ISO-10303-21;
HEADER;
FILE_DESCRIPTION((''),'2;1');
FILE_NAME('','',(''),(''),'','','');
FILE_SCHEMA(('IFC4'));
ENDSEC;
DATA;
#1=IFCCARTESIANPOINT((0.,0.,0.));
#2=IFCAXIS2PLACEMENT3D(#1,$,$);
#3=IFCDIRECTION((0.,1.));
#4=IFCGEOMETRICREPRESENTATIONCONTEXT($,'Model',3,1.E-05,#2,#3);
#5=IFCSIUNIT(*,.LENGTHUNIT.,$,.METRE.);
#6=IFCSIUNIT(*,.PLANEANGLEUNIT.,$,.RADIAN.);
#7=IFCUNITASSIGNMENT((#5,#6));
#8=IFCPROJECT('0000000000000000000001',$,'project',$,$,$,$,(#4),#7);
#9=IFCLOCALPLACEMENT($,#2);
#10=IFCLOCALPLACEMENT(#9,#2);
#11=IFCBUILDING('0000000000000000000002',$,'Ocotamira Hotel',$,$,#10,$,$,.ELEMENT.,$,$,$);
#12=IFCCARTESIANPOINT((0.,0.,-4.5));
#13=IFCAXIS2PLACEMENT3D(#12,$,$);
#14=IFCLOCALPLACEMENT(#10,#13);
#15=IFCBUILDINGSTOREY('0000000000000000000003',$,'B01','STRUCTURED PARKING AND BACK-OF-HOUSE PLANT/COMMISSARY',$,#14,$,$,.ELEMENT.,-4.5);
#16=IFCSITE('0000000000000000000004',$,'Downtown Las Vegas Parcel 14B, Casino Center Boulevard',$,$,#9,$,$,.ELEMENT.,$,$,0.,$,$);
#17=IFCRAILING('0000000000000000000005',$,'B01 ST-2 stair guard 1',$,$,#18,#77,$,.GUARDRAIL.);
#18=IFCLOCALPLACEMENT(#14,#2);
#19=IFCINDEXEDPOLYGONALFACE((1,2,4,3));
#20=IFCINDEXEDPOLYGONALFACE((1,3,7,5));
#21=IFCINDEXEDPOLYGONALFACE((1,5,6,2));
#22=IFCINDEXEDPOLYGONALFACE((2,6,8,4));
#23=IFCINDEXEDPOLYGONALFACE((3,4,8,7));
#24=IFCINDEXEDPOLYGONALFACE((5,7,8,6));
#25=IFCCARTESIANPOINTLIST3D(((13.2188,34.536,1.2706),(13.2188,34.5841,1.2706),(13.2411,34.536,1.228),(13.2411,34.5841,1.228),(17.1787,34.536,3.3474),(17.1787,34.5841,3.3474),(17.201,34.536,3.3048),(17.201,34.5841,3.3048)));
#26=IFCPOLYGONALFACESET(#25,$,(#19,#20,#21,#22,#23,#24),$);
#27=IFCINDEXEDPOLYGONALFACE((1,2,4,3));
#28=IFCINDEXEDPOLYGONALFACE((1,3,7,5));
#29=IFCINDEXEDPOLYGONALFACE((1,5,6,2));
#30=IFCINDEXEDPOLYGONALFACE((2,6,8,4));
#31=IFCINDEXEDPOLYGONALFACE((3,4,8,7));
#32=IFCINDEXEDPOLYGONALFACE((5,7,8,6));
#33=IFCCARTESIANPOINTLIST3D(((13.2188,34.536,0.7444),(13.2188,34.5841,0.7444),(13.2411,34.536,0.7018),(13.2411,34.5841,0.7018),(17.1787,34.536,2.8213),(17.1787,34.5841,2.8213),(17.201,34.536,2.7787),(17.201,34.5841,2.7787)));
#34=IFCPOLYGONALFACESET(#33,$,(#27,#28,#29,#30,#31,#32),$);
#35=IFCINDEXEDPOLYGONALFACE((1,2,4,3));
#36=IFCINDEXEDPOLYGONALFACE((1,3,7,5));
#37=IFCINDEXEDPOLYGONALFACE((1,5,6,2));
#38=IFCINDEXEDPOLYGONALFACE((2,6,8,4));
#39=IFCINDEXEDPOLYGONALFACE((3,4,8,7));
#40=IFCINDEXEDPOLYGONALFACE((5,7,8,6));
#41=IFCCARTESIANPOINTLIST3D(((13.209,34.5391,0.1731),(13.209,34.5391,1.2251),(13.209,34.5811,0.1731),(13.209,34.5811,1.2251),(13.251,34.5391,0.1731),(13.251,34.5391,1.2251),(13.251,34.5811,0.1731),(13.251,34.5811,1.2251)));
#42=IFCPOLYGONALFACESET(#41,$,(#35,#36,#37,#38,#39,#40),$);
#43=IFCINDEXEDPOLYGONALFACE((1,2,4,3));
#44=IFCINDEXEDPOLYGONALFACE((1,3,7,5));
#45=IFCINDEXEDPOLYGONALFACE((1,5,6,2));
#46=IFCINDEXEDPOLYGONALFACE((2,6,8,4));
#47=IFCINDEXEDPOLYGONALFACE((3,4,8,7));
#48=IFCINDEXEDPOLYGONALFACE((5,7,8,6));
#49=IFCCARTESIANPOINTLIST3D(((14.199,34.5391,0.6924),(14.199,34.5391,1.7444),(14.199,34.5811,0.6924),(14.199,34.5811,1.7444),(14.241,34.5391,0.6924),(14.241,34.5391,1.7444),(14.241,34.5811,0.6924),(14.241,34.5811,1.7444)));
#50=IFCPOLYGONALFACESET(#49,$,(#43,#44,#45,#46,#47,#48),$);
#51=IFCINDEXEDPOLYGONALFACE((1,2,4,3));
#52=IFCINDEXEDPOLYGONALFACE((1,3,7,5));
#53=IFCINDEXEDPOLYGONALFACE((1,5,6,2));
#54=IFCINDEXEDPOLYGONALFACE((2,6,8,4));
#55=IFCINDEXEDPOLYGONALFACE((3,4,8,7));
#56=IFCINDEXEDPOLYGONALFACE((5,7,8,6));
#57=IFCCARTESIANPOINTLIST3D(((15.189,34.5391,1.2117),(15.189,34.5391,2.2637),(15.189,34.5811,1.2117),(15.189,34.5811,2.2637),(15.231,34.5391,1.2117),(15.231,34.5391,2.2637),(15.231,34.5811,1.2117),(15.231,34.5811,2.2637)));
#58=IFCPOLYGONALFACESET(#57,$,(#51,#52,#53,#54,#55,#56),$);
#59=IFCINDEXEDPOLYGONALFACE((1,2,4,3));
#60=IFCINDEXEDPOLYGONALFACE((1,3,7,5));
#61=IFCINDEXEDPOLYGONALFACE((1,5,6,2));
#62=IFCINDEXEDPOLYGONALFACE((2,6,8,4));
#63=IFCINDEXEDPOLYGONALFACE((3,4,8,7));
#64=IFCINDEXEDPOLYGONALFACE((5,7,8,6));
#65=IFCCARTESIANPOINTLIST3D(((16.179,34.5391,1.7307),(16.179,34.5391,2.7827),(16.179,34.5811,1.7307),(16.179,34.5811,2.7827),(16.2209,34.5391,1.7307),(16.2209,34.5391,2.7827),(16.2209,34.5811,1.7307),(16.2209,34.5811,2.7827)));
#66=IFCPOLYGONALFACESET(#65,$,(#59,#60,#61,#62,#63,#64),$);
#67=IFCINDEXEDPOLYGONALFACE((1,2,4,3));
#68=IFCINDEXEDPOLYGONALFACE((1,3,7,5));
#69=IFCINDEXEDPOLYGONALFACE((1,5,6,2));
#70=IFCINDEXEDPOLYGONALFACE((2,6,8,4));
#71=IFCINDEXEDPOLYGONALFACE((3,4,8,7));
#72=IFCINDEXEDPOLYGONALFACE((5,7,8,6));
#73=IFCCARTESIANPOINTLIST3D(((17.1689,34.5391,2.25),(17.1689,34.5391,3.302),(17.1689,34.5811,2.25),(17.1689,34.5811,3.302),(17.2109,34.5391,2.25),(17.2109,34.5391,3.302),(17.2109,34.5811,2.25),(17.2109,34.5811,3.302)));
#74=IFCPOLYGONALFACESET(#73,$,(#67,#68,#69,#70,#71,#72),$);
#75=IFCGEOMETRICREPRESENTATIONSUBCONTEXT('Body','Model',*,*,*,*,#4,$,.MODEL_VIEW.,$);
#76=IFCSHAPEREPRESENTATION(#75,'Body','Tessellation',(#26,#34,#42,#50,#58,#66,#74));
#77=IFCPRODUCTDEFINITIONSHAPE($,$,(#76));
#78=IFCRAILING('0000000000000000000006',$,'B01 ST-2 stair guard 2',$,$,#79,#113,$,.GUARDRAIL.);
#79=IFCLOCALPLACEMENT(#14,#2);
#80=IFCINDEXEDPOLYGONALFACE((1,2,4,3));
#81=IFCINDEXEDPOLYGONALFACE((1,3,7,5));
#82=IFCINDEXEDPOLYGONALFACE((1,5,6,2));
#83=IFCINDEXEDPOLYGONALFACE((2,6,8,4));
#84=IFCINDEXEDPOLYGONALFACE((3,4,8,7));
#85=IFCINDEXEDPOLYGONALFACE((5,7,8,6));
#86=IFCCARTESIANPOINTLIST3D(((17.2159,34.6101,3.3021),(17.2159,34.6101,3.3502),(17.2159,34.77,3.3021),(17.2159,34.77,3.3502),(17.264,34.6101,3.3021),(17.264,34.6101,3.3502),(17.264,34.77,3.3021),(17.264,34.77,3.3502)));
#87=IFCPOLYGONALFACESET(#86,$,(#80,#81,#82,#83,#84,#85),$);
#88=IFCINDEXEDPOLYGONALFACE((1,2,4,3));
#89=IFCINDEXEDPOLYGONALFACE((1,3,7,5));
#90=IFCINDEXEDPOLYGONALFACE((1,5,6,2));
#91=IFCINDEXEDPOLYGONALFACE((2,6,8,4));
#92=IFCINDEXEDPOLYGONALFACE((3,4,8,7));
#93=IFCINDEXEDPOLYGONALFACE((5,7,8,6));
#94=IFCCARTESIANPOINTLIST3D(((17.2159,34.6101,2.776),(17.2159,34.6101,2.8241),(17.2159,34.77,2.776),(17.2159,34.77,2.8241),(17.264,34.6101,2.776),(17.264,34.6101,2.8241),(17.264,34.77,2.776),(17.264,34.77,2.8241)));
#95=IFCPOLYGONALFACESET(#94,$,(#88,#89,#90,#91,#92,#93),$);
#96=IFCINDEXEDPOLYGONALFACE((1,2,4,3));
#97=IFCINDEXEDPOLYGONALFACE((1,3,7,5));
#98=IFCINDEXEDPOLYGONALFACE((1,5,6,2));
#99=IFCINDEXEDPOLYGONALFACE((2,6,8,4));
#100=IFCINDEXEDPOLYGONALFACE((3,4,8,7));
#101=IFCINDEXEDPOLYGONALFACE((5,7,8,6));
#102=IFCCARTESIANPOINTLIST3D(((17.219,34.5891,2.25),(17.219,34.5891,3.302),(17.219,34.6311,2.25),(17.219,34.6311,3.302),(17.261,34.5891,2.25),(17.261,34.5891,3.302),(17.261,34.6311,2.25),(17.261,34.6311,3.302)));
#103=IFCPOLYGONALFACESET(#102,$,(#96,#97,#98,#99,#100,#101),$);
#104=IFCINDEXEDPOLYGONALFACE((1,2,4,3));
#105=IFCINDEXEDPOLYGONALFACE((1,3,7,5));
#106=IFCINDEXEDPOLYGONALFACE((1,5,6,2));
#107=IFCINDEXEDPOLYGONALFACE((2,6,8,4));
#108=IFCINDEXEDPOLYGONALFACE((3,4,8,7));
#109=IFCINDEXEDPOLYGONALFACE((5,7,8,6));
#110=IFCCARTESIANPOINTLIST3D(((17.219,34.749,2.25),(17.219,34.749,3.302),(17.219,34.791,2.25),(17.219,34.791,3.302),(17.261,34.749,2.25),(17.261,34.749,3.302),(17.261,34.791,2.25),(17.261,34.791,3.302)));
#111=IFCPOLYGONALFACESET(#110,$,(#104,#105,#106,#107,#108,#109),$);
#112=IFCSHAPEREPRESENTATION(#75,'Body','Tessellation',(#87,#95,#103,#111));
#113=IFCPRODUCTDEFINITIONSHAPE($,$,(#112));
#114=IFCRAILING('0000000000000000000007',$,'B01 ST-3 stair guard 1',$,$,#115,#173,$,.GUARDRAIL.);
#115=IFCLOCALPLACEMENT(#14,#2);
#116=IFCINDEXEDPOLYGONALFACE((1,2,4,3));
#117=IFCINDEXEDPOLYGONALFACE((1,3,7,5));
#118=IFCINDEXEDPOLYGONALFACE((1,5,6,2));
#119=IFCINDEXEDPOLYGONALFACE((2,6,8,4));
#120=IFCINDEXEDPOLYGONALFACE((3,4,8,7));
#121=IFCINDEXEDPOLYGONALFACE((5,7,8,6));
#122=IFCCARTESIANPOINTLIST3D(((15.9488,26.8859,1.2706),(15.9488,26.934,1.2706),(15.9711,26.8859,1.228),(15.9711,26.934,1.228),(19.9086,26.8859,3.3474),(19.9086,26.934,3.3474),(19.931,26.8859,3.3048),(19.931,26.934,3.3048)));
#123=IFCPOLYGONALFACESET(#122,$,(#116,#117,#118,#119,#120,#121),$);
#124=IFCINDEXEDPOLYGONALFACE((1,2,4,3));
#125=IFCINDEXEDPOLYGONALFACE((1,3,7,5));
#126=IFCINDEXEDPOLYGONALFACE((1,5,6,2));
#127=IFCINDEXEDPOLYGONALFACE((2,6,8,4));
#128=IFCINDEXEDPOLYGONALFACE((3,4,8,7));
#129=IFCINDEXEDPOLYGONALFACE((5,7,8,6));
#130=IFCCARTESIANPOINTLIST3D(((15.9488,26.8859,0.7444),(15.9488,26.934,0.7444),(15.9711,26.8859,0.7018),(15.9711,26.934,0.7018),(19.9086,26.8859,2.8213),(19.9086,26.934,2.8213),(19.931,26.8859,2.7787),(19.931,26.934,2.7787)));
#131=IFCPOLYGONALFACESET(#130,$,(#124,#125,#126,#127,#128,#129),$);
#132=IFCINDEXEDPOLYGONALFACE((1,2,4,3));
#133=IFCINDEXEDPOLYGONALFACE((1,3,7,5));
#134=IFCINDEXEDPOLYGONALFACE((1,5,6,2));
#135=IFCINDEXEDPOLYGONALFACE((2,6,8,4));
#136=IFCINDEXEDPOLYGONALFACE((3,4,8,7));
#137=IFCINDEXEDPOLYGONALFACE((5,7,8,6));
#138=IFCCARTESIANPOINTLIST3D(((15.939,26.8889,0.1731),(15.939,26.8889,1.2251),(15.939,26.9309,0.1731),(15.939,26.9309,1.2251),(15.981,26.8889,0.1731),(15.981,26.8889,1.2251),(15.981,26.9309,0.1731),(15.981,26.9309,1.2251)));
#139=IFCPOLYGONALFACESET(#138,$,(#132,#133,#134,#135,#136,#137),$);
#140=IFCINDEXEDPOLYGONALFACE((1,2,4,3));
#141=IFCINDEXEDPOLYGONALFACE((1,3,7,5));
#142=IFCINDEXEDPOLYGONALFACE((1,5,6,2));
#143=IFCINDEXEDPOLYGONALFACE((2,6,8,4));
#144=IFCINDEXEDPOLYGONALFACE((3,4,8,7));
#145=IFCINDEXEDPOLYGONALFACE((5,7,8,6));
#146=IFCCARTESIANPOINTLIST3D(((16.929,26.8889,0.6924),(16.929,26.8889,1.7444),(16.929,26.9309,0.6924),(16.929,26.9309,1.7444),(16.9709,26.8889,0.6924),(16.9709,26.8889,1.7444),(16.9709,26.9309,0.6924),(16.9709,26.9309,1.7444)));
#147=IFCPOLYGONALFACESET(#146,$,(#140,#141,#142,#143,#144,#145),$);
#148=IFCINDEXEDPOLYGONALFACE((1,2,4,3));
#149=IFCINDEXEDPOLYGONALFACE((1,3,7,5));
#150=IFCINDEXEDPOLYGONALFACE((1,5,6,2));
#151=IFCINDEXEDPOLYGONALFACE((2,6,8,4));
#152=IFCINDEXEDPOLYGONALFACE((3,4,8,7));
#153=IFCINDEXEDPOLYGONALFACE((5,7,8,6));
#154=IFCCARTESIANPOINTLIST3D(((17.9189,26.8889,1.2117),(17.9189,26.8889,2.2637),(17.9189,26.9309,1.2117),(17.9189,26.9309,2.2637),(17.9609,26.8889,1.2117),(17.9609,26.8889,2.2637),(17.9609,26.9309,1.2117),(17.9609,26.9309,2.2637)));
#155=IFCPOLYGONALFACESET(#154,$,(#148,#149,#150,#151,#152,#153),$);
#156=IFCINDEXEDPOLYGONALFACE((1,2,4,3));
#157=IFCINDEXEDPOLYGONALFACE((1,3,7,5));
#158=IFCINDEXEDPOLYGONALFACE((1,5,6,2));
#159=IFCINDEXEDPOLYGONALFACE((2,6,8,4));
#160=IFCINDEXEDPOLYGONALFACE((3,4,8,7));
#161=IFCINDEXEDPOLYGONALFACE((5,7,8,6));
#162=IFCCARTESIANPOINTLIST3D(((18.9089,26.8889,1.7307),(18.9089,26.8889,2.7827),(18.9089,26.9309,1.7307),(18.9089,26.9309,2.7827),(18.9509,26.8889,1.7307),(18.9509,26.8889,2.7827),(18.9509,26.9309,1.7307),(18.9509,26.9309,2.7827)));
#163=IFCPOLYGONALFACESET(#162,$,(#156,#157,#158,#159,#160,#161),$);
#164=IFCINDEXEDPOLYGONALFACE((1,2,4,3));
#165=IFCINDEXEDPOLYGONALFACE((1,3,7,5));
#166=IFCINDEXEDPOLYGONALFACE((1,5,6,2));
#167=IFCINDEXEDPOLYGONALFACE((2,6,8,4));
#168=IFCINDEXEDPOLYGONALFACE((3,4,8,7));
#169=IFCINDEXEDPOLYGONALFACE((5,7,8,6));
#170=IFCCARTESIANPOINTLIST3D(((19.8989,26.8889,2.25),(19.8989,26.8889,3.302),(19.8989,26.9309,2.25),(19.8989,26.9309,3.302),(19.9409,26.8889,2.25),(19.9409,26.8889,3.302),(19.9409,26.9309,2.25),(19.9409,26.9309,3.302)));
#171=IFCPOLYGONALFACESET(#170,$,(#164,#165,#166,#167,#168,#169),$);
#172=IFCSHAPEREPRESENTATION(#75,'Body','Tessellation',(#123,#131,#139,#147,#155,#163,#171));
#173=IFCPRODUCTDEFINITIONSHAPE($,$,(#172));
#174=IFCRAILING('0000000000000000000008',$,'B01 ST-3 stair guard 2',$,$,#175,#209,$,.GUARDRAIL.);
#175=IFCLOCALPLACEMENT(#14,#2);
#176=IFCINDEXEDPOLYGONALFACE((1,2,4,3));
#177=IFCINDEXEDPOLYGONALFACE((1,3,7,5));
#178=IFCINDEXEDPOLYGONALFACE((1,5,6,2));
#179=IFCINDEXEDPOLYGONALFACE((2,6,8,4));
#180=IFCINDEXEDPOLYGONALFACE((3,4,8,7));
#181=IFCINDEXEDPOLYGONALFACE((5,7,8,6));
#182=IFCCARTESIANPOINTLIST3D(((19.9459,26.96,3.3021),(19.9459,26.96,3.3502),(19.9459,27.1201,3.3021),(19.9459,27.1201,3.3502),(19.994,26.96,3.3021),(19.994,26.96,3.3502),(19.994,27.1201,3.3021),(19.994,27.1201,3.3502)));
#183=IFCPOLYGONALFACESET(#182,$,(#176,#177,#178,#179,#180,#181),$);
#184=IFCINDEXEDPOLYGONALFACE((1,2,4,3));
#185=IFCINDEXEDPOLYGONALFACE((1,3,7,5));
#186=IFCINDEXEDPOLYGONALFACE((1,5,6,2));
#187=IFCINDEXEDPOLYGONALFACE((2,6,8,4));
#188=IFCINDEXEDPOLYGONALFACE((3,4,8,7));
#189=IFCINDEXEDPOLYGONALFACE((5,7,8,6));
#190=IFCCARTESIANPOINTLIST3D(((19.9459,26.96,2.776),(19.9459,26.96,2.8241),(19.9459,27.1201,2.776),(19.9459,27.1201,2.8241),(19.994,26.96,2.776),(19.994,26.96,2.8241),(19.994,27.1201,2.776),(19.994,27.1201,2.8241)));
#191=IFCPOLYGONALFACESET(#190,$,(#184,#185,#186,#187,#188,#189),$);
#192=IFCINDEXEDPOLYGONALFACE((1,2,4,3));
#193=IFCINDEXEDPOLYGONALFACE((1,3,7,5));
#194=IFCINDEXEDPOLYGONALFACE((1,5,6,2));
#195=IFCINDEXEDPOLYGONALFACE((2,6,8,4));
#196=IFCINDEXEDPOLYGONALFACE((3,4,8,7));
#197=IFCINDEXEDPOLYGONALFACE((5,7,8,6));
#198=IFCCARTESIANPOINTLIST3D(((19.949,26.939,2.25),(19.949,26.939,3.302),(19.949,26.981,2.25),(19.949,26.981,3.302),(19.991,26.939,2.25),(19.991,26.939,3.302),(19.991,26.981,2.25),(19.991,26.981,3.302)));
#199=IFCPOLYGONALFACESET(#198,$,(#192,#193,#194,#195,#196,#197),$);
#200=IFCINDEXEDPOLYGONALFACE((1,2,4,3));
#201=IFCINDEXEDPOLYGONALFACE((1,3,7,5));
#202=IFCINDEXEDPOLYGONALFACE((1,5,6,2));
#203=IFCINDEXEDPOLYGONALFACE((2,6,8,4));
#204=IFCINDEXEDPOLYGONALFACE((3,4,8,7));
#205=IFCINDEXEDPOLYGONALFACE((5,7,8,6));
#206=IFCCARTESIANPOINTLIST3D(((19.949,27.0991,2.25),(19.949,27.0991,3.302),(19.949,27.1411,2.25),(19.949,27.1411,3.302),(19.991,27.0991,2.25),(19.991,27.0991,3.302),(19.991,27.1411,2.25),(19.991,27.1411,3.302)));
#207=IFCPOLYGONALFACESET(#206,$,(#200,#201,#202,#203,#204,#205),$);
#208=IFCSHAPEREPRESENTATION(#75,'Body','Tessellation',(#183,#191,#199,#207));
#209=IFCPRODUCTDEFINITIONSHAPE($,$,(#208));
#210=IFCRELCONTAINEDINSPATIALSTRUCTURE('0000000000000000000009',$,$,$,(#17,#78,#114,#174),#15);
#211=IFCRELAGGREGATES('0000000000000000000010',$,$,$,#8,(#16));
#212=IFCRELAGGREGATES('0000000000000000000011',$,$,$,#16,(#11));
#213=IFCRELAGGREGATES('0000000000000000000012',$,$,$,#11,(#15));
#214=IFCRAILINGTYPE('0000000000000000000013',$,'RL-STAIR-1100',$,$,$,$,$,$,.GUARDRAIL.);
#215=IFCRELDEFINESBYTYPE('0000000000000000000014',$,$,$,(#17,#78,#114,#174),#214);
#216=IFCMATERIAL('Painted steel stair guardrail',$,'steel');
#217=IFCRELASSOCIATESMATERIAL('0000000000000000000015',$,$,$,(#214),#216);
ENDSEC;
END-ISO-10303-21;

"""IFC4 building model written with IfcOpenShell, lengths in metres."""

from ifc_helpers import new_model, si_unit, direction, frame, origin, origin_2d, place, context, subcontext, project, spatial, rectangle, extrude, material, type_object, element, save


model = new_model("IFC4")

# Units and contexts
model_context = context("Model", 3, precision=1e-05, world=origin(), true_north=direction((0.0, 1.0)))
body_context = subcontext(model_context, "Body", "Model", "MODEL_VIEW")
ifc_project = project(units=[si_unit("LENGTHUNIT", "METRE"), si_unit("PLANEANGLEUNIT", "RADIAN")], contexts=[model_context])

# Site, building, storey
site_placement = place(None, origin())
site = spatial("IfcSite", under=ifc_project, at=site_placement, Name="Downtown Las Vegas Parcel 14B, Casino Center Boulevard", CompositionType="ELEMENT", RefElevation=0.0)
building_placement = place(site_placement, origin())
building = spatial("IfcBuilding", under=site, at=building_placement, Name="Ocotamira Hotel", CompositionType="ELEMENT")
storey_placement = place(building_placement, frame((0.0, 0.0, -4.5)))
storey = spatial("IfcBuildingStorey", under=building, at=storey_placement, Name="B01", Description="STRUCTURED PARKING AND BACK-OF-HOUSE PLANT/COMMISSARY", CompositionType="ELEMENT", Elevation=-4.5)

# Railings
ifc_material_1 = material(Name="Painted steel stair guardrail", Category="steel")
railing_type_1 = type_object("IfcRailingType", Name="RL-STAIR-1100", PredefinedType="GUARDRAIL", material=ifc_material_1)
railing_1_placement = place(storey_placement, frame((13.23, 34.5601, 0.1731)))
element("IfcRailing", 1, at=railing_1_placement, inside=storey, type_object=railing_type_1, Name="B01 ST-2 stair guard 1", PredefinedType="GUARDRAIL", context=body_context, shape_type="SweptSolid", body=[
    extrude(rectangle(XDim=0.0481, YDim=0.0481, at=origin_2d()), frame((0.0, 0.0, 1.0762), z_axis=(0.885589, 0.0, 0.46447), x_axis=(0.0, 1.0, 0.0)), (0.0, 0.0, 1.0), 4.4714),
    extrude(rectangle(XDim=0.0481, YDim=0.0481, at=origin_2d()), frame((0.0, 0.0, 0.55), z_axis=(0.885589, 0.0, 0.46447), x_axis=(0.0, 1.0, 0.0)), (0.0, 0.0, 1.0), 4.4714),
    extrude(rectangle(XDim=0.042, YDim=0.042, at=origin_2d()), origin(), (0.0, 0.0, 1.0), 1.052),
    extrude(rectangle(XDim=0.042, YDim=0.042, at=origin_2d()), frame((0.99, 0.0, 0.5193)), (0.0, 0.0, 1.0), 1.052),
    extrude(rectangle(XDim=0.042, YDim=0.042, at=origin_2d()), frame((1.98, 0.0, 1.0386)), (0.0, 0.0, 1.0), 1.052),
    extrude(rectangle(XDim=0.042, YDim=0.042, at=origin_2d()), frame((2.97, 0.0, 1.5576)), (0.0, 0.0, 1.0), 1.052),
    extrude(rectangle(XDim=0.042, YDim=0.042, at=origin_2d()), frame((3.96, 0.0, 2.0769)), (0.0, 0.0, 1.0), 1.052),
])
railing_2_placement = place(storey_placement, frame((17.24, 34.6101, 2.25)))
element("IfcRailing", 2, at=railing_2_placement, inside=storey, type_object=railing_type_1, Name="B01 ST-2 stair guard 2", PredefinedType="GUARDRAIL", context=body_context, shape_type="SweptSolid", body=[
    extrude(rectangle(XDim=0.0481, YDim=0.0481, at=origin_2d()), frame((0.0, 0.0, 1.0762), z_axis=(0.0, 1.0, 0.0), x_axis=(-1.0, 0.0, 0.0)), (0.0, 0.0, 1.0), 0.1599),
    extrude(rectangle(XDim=0.0481, YDim=0.0481, at=origin_2d()), frame((0.0, 0.0, 0.55), z_axis=(0.0, 1.0, 0.0), x_axis=(-1.0, 0.0, 0.0)), (0.0, 0.0, 1.0), 0.1599),
    extrude(rectangle(XDim=0.042, YDim=0.042, at=origin_2d()), origin(), (0.0, 0.0, 1.0), 1.052),
    extrude(rectangle(XDim=0.042, YDim=0.042, at=origin_2d()), frame((0.0, 0.1599, 0.0)), (0.0, 0.0, 1.0), 1.052),
])
railing_3_placement = place(storey_placement, frame((15.96, 26.9099, 0.1731)))
element("IfcRailing", 3, at=railing_3_placement, inside=storey, type_object=railing_type_1, Name="B01 ST-3 stair guard 1", PredefinedType="GUARDRAIL", context=body_context, shape_type="SweptSolid", body=[
    extrude(rectangle(XDim=0.0481, YDim=0.0481, at=origin_2d()), frame((0.0, 0.0, 1.0762), z_axis=(0.885589, 0.0, 0.46447), x_axis=(0.0, 1.0, 0.0)), (0.0, 0.0, 1.0), 4.4714),
    extrude(rectangle(XDim=0.0481, YDim=0.0481, at=origin_2d()), frame((0.0, 0.0, 0.55), z_axis=(0.885589, 0.0, 0.46447), x_axis=(0.0, 1.0, 0.0)), (0.0, 0.0, 1.0), 4.4714),
    extrude(rectangle(XDim=0.042, YDim=0.042, at=origin_2d()), origin(), (0.0, 0.0, 1.0), 1.052),
    extrude(rectangle(XDim=0.042, YDim=0.042, at=origin_2d()), frame((0.99, 0.0, 0.5193)), (0.0, 0.0, 1.0), 1.052),
    extrude(rectangle(XDim=0.042, YDim=0.042, at=origin_2d()), frame((1.98, 0.0, 1.0386)), (0.0, 0.0, 1.0), 1.052),
    extrude(rectangle(XDim=0.042, YDim=0.042, at=origin_2d()), frame((2.97, 0.0, 1.5576)), (0.0, 0.0, 1.0), 1.052),
    extrude(rectangle(XDim=0.042, YDim=0.042, at=origin_2d()), frame((3.96, 0.0, 2.0769)), (0.0, 0.0, 1.0), 1.052),
])
railing_4_placement = place(storey_placement, frame((19.97, 26.96, 2.25)))
element("IfcRailing", 4, at=railing_4_placement, inside=storey, type_object=railing_type_1, Name="B01 ST-3 stair guard 2", PredefinedType="GUARDRAIL", context=body_context, shape_type="SweptSolid", body=[
    extrude(rectangle(XDim=0.0481, YDim=0.0481, at=origin_2d()), frame((0.0, 0.0, 1.0762), z_axis=(0.0, 1.0, 0.0), x_axis=(-1.0, 0.0, 0.0)), (0.0, 0.0, 1.0), 0.1602),
    extrude(rectangle(XDim=0.0481, YDim=0.0481, at=origin_2d()), frame((0.0, 0.0, 0.55), z_axis=(0.0, 1.0, 0.0), x_axis=(-1.0, 0.0, 0.0)), (0.0, 0.0, 1.0), 0.1602),
    extrude(rectangle(XDim=0.042, YDim=0.042, at=origin_2d()), origin(), (0.0, 0.0, 1.0), 1.052),
    extrude(rectangle(XDim=0.042, YDim=0.042, at=origin_2d()), frame((0.0, 0.1602, 0.0)), (0.0, 0.0, 1.0), 1.052),
])

save(model, "model.ifc")
